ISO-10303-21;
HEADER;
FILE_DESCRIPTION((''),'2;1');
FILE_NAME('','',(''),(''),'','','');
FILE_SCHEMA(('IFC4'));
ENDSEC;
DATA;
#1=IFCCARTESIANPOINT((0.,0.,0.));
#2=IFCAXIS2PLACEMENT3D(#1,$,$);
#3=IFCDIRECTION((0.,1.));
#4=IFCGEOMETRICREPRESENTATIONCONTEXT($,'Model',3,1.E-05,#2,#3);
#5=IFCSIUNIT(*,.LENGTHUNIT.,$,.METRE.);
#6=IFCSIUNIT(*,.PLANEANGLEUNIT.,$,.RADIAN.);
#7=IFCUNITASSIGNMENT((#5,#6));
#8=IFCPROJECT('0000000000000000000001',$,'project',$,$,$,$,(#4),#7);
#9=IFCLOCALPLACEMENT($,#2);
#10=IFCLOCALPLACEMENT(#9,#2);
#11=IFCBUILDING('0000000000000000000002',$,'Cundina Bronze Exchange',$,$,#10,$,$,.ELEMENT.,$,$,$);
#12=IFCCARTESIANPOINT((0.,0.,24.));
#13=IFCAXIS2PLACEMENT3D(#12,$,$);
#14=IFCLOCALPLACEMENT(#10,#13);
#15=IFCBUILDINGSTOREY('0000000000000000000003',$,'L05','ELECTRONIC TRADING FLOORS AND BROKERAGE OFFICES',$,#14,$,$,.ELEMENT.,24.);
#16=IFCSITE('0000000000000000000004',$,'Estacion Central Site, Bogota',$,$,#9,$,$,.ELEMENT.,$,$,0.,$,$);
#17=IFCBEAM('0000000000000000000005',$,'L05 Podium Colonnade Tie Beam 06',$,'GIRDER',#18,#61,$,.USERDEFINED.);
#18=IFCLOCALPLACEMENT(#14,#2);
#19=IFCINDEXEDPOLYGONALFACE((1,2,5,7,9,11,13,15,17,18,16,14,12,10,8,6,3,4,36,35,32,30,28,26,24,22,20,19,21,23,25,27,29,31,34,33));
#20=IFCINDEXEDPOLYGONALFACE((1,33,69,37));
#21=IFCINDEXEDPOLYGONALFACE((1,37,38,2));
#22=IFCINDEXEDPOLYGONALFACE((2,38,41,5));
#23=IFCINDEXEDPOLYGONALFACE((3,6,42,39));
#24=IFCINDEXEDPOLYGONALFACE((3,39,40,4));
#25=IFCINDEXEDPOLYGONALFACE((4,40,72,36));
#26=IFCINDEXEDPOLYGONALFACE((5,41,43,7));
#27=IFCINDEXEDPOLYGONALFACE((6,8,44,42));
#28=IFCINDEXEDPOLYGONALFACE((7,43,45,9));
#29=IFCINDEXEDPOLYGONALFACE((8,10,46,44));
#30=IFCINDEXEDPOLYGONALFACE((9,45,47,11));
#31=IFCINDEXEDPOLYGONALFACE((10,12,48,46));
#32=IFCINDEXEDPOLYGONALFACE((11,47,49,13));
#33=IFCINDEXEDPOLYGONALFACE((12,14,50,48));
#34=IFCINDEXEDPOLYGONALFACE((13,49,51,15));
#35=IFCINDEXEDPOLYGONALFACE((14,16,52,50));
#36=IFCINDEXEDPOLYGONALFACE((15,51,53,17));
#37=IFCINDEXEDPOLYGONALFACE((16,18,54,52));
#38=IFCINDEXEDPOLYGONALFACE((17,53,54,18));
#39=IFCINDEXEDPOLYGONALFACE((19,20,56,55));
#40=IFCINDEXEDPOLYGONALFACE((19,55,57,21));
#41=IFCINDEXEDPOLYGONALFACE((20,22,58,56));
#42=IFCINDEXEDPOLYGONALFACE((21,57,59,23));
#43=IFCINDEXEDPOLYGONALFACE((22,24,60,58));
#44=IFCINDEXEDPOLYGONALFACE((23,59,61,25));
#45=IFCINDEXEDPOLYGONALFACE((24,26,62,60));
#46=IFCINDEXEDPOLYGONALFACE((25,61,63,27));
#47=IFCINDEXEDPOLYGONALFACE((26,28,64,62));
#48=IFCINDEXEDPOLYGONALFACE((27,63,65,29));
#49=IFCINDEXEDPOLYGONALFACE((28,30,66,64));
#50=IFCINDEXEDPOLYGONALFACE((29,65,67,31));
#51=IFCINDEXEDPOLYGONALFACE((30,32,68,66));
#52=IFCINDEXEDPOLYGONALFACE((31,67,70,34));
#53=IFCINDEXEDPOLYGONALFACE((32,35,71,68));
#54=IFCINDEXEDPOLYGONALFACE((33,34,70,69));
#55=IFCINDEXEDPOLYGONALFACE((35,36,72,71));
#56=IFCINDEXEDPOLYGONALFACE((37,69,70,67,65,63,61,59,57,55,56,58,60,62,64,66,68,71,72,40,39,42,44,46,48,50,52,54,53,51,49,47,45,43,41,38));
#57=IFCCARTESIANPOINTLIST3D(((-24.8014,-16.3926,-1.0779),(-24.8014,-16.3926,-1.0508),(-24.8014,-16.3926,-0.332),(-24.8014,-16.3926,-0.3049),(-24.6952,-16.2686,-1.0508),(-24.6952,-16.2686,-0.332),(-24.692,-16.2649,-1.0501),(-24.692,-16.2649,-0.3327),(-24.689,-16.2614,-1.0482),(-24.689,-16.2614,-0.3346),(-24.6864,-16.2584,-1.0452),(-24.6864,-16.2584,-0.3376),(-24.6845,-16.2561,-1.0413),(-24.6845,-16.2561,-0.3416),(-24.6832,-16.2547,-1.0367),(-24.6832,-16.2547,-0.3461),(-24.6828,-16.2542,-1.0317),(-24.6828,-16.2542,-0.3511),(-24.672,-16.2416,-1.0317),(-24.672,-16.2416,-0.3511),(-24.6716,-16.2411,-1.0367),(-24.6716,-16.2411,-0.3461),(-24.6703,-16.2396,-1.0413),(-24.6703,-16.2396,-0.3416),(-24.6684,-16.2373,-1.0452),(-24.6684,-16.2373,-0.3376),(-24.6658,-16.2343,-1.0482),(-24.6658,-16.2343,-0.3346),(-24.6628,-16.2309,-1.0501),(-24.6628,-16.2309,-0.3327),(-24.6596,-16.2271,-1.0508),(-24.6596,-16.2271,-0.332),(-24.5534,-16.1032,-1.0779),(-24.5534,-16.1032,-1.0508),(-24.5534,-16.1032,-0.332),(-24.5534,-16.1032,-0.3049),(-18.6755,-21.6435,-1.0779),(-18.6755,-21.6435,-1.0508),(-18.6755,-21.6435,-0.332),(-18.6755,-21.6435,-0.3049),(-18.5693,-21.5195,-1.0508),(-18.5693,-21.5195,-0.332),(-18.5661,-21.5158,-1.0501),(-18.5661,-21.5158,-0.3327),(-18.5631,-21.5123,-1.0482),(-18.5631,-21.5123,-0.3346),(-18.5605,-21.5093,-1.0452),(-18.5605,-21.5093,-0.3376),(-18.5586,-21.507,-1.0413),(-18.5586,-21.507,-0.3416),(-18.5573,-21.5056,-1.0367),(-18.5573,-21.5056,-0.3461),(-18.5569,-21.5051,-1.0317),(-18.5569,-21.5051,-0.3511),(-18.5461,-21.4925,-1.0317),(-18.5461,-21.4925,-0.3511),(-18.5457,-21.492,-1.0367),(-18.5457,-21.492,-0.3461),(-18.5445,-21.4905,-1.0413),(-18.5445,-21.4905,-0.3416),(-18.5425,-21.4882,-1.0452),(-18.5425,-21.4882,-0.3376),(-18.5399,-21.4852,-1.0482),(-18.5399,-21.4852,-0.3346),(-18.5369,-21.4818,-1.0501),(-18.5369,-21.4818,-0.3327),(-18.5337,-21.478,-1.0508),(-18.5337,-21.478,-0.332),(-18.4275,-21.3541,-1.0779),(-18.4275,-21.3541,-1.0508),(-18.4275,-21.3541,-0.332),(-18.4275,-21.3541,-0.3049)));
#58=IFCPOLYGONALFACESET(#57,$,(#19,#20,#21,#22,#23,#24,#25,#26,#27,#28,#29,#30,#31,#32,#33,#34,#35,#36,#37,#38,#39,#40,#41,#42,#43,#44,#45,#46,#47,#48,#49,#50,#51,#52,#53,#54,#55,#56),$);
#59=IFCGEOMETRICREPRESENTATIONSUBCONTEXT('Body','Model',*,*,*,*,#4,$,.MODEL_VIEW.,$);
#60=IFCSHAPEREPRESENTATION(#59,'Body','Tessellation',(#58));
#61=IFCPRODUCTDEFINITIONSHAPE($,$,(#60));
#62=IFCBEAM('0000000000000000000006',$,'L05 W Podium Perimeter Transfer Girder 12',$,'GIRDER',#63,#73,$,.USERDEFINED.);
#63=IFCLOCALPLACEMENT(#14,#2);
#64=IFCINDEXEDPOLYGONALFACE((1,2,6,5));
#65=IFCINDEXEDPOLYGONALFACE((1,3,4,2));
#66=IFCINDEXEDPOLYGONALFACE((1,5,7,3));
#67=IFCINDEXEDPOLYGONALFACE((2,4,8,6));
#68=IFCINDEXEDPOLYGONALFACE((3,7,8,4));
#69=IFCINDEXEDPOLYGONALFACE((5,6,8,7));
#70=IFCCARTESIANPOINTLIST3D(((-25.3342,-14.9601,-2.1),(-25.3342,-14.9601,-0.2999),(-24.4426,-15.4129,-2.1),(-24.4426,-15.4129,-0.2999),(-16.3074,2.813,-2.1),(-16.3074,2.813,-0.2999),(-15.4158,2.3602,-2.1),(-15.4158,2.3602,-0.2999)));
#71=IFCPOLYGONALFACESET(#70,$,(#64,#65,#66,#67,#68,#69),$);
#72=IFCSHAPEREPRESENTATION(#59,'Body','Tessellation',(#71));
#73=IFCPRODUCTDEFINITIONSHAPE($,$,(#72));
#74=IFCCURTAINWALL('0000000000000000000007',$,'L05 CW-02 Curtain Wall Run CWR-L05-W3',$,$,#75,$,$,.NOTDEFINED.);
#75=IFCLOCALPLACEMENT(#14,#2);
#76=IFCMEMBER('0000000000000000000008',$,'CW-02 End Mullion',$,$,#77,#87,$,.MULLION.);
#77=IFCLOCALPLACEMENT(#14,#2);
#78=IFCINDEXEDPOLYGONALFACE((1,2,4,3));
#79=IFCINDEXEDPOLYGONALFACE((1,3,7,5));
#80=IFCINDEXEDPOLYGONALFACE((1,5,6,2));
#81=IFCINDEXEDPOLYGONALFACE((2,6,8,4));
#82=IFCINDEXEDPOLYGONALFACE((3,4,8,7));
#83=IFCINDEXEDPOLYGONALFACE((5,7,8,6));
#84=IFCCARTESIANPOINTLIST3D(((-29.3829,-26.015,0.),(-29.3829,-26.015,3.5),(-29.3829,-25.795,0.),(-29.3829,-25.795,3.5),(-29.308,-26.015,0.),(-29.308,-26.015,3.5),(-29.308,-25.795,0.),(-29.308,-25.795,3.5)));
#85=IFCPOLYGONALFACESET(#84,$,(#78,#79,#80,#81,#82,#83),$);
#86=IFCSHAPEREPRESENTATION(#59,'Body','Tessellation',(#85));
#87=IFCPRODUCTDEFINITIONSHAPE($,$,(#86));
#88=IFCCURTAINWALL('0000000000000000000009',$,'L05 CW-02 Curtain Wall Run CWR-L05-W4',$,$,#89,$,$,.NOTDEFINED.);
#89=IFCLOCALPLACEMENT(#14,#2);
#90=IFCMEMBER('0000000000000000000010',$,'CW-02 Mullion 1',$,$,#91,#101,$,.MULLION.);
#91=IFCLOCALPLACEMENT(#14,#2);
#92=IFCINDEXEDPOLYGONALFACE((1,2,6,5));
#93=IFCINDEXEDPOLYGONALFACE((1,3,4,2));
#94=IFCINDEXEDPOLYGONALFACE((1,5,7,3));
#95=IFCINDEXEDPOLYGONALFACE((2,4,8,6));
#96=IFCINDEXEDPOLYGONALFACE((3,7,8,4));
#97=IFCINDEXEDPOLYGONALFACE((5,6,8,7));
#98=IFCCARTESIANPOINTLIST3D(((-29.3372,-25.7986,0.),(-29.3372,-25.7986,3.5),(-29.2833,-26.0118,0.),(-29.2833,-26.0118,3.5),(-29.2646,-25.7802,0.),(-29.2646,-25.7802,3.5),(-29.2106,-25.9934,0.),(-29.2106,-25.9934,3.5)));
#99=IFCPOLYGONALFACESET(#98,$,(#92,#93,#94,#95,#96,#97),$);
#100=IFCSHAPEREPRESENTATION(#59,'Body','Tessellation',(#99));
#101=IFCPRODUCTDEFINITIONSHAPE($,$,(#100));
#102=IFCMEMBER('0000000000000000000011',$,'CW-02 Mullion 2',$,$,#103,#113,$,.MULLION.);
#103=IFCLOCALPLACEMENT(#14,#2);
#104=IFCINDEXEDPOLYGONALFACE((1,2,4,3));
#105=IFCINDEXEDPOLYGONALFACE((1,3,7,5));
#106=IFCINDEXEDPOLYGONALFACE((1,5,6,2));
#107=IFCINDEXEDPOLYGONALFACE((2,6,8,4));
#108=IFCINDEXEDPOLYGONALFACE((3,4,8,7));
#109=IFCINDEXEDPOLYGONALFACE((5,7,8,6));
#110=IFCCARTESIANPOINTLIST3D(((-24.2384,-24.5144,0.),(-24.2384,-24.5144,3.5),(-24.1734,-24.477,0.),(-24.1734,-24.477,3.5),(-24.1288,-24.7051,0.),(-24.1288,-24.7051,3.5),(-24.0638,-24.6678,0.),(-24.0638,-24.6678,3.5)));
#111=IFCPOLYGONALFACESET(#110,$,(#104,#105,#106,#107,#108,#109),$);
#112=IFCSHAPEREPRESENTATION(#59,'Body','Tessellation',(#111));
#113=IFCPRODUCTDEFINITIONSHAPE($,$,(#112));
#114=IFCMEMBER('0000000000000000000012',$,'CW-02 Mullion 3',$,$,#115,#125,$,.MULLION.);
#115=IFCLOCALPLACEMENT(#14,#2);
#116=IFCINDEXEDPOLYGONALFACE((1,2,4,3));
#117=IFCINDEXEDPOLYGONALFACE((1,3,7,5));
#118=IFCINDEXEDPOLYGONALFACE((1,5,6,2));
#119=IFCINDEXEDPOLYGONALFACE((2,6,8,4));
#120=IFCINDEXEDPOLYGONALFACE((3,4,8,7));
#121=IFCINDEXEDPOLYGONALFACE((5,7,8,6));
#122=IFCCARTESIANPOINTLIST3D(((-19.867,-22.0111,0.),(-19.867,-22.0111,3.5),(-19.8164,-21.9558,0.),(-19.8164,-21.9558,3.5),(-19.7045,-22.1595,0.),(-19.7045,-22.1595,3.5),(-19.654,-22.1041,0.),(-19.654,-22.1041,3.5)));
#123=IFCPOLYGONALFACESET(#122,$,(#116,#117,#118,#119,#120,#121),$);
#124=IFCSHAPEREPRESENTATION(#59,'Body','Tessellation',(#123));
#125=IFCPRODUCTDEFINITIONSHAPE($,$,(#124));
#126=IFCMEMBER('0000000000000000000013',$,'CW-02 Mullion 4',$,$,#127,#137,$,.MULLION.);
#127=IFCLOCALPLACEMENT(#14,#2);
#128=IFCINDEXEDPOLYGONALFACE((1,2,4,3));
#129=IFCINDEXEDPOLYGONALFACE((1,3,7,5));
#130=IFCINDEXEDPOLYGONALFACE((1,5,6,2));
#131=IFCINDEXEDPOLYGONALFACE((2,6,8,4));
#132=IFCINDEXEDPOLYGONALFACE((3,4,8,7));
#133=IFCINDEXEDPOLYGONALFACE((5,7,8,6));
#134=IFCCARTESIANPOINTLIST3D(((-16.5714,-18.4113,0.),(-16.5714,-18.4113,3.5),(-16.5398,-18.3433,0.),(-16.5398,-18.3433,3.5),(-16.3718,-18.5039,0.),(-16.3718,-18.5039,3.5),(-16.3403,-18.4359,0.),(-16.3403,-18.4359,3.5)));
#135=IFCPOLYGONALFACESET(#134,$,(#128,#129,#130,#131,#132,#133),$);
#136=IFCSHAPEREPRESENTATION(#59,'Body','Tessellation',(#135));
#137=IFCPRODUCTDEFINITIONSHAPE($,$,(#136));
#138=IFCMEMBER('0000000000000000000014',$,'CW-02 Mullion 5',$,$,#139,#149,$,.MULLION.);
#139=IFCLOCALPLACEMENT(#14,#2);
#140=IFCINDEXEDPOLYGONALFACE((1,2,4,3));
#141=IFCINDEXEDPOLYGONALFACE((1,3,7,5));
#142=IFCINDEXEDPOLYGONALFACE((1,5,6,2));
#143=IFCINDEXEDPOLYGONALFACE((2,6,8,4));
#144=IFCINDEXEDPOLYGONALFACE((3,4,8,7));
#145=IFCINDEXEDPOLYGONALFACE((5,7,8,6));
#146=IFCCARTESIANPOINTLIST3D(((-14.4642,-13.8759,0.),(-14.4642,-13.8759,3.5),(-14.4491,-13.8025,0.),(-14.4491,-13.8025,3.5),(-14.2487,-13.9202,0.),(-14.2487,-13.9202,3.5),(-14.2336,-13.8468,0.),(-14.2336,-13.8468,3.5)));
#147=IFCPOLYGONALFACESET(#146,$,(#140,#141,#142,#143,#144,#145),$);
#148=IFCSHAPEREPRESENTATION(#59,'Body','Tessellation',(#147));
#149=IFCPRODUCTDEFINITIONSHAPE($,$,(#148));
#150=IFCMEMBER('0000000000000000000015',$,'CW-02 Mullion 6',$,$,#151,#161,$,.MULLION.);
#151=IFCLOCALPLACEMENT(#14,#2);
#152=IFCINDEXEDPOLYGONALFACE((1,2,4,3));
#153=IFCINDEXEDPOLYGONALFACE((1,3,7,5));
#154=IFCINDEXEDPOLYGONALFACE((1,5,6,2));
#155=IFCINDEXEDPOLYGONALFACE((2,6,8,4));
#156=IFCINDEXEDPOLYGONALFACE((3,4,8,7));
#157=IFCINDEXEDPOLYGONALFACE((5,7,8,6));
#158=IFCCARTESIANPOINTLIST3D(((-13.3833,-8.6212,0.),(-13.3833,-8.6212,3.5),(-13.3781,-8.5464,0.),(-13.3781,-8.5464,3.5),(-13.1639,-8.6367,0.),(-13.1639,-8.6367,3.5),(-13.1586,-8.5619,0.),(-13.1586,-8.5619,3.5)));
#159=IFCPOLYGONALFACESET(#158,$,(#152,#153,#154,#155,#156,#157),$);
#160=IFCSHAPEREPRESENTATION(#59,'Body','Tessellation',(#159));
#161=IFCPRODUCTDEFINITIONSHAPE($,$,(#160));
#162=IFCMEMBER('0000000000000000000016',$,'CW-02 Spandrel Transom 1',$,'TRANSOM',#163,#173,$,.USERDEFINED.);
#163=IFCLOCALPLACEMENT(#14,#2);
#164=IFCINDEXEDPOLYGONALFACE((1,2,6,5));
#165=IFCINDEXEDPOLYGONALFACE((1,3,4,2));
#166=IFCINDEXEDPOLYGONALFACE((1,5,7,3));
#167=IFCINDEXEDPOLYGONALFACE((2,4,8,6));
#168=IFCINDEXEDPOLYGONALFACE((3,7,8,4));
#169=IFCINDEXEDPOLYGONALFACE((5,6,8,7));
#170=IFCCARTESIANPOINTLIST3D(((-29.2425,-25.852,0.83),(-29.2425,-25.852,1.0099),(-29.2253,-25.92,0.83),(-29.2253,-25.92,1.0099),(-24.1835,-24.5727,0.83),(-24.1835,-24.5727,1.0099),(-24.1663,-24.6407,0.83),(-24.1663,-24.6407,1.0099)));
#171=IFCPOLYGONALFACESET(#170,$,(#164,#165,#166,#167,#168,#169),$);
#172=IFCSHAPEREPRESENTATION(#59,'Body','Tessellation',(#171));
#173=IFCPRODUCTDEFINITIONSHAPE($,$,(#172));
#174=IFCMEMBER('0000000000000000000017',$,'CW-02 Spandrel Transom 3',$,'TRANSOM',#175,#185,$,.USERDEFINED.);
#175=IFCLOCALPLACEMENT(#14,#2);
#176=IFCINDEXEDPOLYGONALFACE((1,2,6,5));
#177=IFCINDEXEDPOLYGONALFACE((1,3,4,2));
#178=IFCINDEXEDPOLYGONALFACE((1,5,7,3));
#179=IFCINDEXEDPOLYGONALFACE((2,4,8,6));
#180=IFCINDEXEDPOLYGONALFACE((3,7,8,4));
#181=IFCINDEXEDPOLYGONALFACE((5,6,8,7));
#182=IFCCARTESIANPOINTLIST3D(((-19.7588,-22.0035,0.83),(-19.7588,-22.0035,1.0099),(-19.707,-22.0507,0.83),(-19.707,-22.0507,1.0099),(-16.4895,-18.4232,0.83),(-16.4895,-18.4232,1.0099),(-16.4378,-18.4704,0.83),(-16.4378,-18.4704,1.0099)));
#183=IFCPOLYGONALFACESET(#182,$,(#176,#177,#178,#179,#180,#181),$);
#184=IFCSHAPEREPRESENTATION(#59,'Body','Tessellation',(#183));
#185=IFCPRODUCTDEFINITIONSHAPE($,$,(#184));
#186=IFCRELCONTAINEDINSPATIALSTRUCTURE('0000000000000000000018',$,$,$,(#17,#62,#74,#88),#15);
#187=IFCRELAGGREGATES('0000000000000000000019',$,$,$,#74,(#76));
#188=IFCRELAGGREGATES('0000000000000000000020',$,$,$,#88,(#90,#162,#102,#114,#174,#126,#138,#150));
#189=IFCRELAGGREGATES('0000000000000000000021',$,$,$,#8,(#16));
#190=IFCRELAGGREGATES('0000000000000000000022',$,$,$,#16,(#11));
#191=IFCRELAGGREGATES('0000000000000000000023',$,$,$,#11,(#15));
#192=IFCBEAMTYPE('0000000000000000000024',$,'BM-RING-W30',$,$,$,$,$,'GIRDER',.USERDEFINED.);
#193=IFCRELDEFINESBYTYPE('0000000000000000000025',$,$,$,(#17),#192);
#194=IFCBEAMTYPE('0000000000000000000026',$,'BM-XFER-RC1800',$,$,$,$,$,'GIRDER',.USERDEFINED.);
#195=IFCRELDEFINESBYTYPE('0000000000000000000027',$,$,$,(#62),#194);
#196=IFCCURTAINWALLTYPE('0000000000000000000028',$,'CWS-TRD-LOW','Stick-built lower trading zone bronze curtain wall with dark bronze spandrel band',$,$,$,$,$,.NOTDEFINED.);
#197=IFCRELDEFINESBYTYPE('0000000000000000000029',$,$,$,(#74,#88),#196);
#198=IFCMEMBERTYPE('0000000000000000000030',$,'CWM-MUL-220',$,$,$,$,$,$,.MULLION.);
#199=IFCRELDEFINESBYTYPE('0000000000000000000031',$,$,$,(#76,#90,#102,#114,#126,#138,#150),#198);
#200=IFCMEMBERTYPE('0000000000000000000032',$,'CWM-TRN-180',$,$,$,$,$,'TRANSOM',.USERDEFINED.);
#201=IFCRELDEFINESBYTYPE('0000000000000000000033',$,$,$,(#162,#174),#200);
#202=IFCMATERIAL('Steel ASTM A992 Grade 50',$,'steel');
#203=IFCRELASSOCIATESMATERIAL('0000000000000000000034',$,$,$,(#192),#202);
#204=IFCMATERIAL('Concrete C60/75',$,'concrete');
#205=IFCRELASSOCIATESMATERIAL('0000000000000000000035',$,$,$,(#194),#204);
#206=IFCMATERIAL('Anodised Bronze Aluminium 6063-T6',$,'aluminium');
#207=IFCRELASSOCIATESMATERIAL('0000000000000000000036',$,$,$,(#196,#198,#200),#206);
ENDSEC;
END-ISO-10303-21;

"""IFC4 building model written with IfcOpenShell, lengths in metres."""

from ifc_helpers import new_model, si_unit, direction, frame, origin, origin_2d, place, context, subcontext, project, spatial, rectangle, i_section, extrude, material, material_profile, profile_set, type_object, element, aggregate, save


model = new_model("IFC4")

# Units and contexts
model_context = context("Model", 3, precision=1e-05, world=origin(), true_north=direction((0.0, 1.0)))
body_context = subcontext(model_context, "Body", "Model", "MODEL_VIEW")
ifc_project = project(units=[si_unit("LENGTHUNIT", "METRE"), si_unit("PLANEANGLEUNIT", "RADIAN")], contexts=[model_context])

# Site, building, storey
site_placement = place(None, origin())
site = spatial("IfcSite", under=ifc_project, at=site_placement, Name="Estacion Central Site, Bogota", CompositionType="ELEMENT", RefElevation=0.0)
building_placement = place(site_placement, origin())
building = spatial("IfcBuilding", under=site, at=building_placement, Name="Cundina Bronze Exchange", CompositionType="ELEMENT")
storey_placement = place(building_placement, frame((0.0, 0.0, 24.0)))
storey = spatial("IfcBuildingStorey", under=building, at=storey_placement, Name="L05", Description="ELECTRONIC TRADING FLOORS AND BROKERAGE OFFICES", CompositionType="ELEMENT", Elevation=24.0)

# Shared definitions
ifc_material_1 = material(Name="Concrete C60/75", Category="concrete")

# Beams
ifc_material_2 = material(Name="Steel ASTM A992 Grade 50", Category="steel")
ifc_material_profile_1 = material_profile(ifc_material_2, i_section(OverallWidth=0.3811, OverallDepth=0.7729, WebThickness=0.0166, FlangeThickness=0.0271, FilletRadius=0.019, at=origin_2d()), Name="W30X173", Category="steel")
ifc_profile_set_1 = profile_set([ifc_material_profile_1], Name="Steel ASTM A992 Grade 50")
beam_type_1 = type_object("IfcBeamType", Name="BM-RING-W30", ElementType="GIRDER", PredefinedType="USERDEFINED", material=ifc_profile_set_1)
beam_1_placement = place(storey_placement, frame((-18.5515, -21.4988, -0.6914), z_axis=(-0.759248, 0.650801, 0.0), x_axis=(-0.650801, -0.759248, 0.0)))
element("IfcBeam", 1, at=beam_1_placement, inside=storey, type_object=beam_type_1, Name="L05 Podium Colonnade Tie Beam 06", ObjectType="GIRDER", PredefinedType="USERDEFINED", context=body_context, shape_type="SweptSolid", body=[
    extrude(i_section(OverallWidth=0.3811, OverallDepth=0.7729, WebThickness=0.0166, FlangeThickness=0.0271, FilletRadius=0.019, at=origin_2d()), origin(), (0.0, 0.0, 1.0), 8.0684),
])
ifc_material_profile_2 = material_profile(ifc_material_1, rectangle(XDim=1.0, YDim=1.8, at=origin_2d()), Name="RC1000X1800", Category="concrete")
ifc_profile_set_2 = profile_set([ifc_material_profile_2], Name="Concrete C60/75")
beam_type_2 = type_object("IfcBeamType", Name="BM-XFER-RC1800", ElementType="GIRDER", PredefinedType="USERDEFINED", material=ifc_profile_set_2)
beam_2_placement = place(storey_placement, frame((-24.8884, -15.1865, -1.2), z_axis=(0.452834, 0.891595, 0.0), x_axis=(-0.891595, 0.452834, 0.0)))
element("IfcBeam", 2, at=beam_2_placement, inside=storey, type_object=beam_type_2, Name="L05 W Podium Perimeter Transfer Girder 12", ObjectType="GIRDER", PredefinedType="USERDEFINED", context=body_context, shape_type="SweptSolid", body=[
    extrude(rectangle(XDim=1.0, YDim=1.8, at=origin_2d()), origin(), (0.0, 0.0, 1.0), 19.9341),
])

# Curtain wall, member
ifc_material_3 = material(Name="Anodised Bronze Aluminium 6063-T6", Category="aluminium")
curtain_wall_type = type_object("IfcCurtainWallType", Name="CWS-TRD-LOW", Description="Stick-built lower trading zone bronze curtain wall with dark bronze spandrel band", PredefinedType="NOTDEFINED", material=ifc_material_3)
curtain_wall_1_placement = place(storey_placement, origin())
curtain_wall_1 = element("IfcCurtainWall", 3, at=curtain_wall_1_placement, inside=storey, type_object=curtain_wall_type, Name="L05 CW-02 Curtain Wall Run CWR-L05-W3", PredefinedType="NOTDEFINED")
ifc_material_profile_3 = material_profile(ifc_material_3, rectangle(XDim=0.075, YDim=0.22, at=origin_2d()), Name="AL75X220", Category="aluminium")
ifc_profile_set_3 = profile_set([ifc_material_profile_3], Name="Anodised Bronze Aluminium 6063-T6")
member_type_1 = type_object("IfcMemberType", Name="CWM-MUL-220", PredefinedType="MULLION", material=ifc_profile_set_3)
member_1_placement = place(storey_placement, frame((-29.3455, -25.905, 0.0), z_axis=(0.0, 0.0, 1.0), x_axis=(1.0, 0.0, 0.0)))
member_1 = element("IfcMember", 4, at=member_1_placement, type_object=member_type_1, Name="CW-02 End Mullion", PredefinedType="MULLION", context=body_context, shape_type="SweptSolid", body=[
    extrude(rectangle(XDim=0.075, YDim=0.22, at=origin_2d()), origin(), (0.0, 0.0, 1.0), 3.5),
])
aggregate(curtain_wall_1, [member_1])

# Curtain wall, members
curtain_wall_2_placement = place(storey_placement, origin())
curtain_wall_2 = element("IfcCurtainWall", 5, at=curtain_wall_2_placement, inside=storey, type_object=curtain_wall_type, Name="L05 CW-02 Curtain Wall Run CWR-L05-W4", PredefinedType="NOTDEFINED")
member_2_placement = place(storey_placement, frame((-29.2739, -25.896, 0.0), z_axis=(0.0, 0.0, 1.0), x_axis=(0.969488, 0.245138, 0.0)))
member_2 = element("IfcMember", 6, at=member_2_placement, type_object=member_type_1, Name="CW-02 Mullion 1", PredefinedType="MULLION", context=body_context, shape_type="SweptSolid", body=[
    extrude(rectangle(XDim=0.075, YDim=0.22, at=origin_2d()), origin(), (0.0, 0.0, 1.0), 3.5),
])
member_3_placement = place(storey_placement, frame((-24.1511, -24.5911, 0.0), z_axis=(0.0, 0.0, 1.0), x_axis=(0.867071, 0.498185, 0.0)))
member_3 = element("IfcMember", 7, at=member_3_placement, type_object=member_type_1, Name="CW-02 Mullion 2", PredefinedType="MULLION", context=body_context, shape_type="SweptSolid", body=[
    extrude(rectangle(XDim=0.075, YDim=0.22, at=origin_2d()), origin(), (0.0, 0.0, 1.0), 3.5),
])
member_4_placement = place(storey_placement, frame((-19.7605, -22.0576, 0.0), z_axis=(0.0, 0.0, 1.0), x_axis=(0.674302, 0.738455, 0.0)))
member_4 = element("IfcMember", 8, at=member_4_placement, type_object=member_type_1, Name="CW-02 Mullion 3", PredefinedType="MULLION", context=body_context, shape_type="SweptSolid", body=[
    extrude(rectangle(XDim=0.075, YDim=0.22, at=origin_2d()), origin(), (0.0, 0.0, 1.0), 3.5),
])
member_5_placement = place(storey_placement, frame((-16.4558, -18.4236, 0.0), z_axis=(0.0, 0.0, 1.0), x_axis=(0.420877, 0.907117, 0.0)))
member_5 = element("IfcMember", 9, at=member_5_placement, type_object=member_type_1, Name="CW-02 Mullion 4", PredefinedType="MULLION", context=body_context, shape_type="SweptSolid", body=[
    extrude(rectangle(XDim=0.075, YDim=0.22, at=origin_2d()), origin(), (0.0, 0.0, 1.0), 3.5),
])
member_6_placement = place(storey_placement, frame((-14.3489, -13.8613, 0.0), z_axis=(0.0, 0.0, 1.0), x_axis=(0.20142, 0.979505, 0.0)))
member_6 = element("IfcMember", 10, at=member_6_placement, type_object=member_type_1, Name="CW-02 Mullion 5", PredefinedType="MULLION", context=body_context, shape_type="SweptSolid", body=[
    extrude(rectangle(XDim=0.075, YDim=0.22, at=origin_2d()), origin(), (0.0, 0.0, 1.0), 3.5),
])
member_7_placement = place(storey_placement, frame((-13.271, -8.5916, 0.0), z_axis=(0.0, 0.0, 1.0), x_axis=(0.070279, 0.997527, 0.0)))
member_7 = element("IfcMember", 11, at=member_7_placement, type_object=member_type_1, Name="CW-02 Mullion 6", PredefinedType="MULLION", context=body_context, shape_type="SweptSolid", body=[
    extrude(rectangle(XDim=0.075, YDim=0.22, at=origin_2d()), origin(), (0.0, 0.0, 1.0), 3.5),
])
ifc_material_profile_4 = material_profile(ifc_material_3, rectangle(XDim=0.0701, YDim=0.1799, at=origin_2d()), Name="AL70X180", Category="aluminium")
ifc_profile_set_4 = profile_set([ifc_material_profile_4], Name="Anodised Bronze Aluminium 6063-T6")
member_type_2 = type_object("IfcMemberType", Name="CWM-TRN-180", ElementType="TRANSOM", PredefinedType="USERDEFINED", material=ifc_profile_set_4)
member_8_placement = place(storey_placement, frame((-29.2339, -25.886, 0.9199), z_axis=(0.969484, 0.245155, 0.0), x_axis=(-0.245155, 0.969484, 0.0)))
member_8 = element("IfcMember", 12, at=member_8_placement, type_object=member_type_2, Name="CW-02 Spandrel Transom 1", ObjectType="TRANSOM", PredefinedType="USERDEFINED", context=body_context, shape_type="SweptSolid", body=[
    extrude(rectangle(XDim=0.0701, YDim=0.1799, at=origin_2d()), origin(), (0.0, 0.0, 1.0), 5.2183),
])
member_9_placement = place(storey_placement, frame((-19.7329, -22.0271, 0.9199), z_axis=(0.674303, 0.738455, 0.0), x_axis=(-0.738455, 0.674303, 0.0)))
member_9 = element("IfcMember", 13, at=member_9_placement, type_object=member_type_2, Name="CW-02 Spandrel Transom 3", ObjectType="TRANSOM", PredefinedType="USERDEFINED", context=body_context, shape_type="SweptSolid", body=[
    extrude(rectangle(XDim=0.0701, YDim=0.1799, at=origin_2d()), origin(), (0.0, 0.0, 1.0), 4.8484),
])
aggregate(curtain_wall_2, [member_2, member_8, member_3, member_4, member_9, member_5, member_6, member_7])

save(model, "model.ifc")
